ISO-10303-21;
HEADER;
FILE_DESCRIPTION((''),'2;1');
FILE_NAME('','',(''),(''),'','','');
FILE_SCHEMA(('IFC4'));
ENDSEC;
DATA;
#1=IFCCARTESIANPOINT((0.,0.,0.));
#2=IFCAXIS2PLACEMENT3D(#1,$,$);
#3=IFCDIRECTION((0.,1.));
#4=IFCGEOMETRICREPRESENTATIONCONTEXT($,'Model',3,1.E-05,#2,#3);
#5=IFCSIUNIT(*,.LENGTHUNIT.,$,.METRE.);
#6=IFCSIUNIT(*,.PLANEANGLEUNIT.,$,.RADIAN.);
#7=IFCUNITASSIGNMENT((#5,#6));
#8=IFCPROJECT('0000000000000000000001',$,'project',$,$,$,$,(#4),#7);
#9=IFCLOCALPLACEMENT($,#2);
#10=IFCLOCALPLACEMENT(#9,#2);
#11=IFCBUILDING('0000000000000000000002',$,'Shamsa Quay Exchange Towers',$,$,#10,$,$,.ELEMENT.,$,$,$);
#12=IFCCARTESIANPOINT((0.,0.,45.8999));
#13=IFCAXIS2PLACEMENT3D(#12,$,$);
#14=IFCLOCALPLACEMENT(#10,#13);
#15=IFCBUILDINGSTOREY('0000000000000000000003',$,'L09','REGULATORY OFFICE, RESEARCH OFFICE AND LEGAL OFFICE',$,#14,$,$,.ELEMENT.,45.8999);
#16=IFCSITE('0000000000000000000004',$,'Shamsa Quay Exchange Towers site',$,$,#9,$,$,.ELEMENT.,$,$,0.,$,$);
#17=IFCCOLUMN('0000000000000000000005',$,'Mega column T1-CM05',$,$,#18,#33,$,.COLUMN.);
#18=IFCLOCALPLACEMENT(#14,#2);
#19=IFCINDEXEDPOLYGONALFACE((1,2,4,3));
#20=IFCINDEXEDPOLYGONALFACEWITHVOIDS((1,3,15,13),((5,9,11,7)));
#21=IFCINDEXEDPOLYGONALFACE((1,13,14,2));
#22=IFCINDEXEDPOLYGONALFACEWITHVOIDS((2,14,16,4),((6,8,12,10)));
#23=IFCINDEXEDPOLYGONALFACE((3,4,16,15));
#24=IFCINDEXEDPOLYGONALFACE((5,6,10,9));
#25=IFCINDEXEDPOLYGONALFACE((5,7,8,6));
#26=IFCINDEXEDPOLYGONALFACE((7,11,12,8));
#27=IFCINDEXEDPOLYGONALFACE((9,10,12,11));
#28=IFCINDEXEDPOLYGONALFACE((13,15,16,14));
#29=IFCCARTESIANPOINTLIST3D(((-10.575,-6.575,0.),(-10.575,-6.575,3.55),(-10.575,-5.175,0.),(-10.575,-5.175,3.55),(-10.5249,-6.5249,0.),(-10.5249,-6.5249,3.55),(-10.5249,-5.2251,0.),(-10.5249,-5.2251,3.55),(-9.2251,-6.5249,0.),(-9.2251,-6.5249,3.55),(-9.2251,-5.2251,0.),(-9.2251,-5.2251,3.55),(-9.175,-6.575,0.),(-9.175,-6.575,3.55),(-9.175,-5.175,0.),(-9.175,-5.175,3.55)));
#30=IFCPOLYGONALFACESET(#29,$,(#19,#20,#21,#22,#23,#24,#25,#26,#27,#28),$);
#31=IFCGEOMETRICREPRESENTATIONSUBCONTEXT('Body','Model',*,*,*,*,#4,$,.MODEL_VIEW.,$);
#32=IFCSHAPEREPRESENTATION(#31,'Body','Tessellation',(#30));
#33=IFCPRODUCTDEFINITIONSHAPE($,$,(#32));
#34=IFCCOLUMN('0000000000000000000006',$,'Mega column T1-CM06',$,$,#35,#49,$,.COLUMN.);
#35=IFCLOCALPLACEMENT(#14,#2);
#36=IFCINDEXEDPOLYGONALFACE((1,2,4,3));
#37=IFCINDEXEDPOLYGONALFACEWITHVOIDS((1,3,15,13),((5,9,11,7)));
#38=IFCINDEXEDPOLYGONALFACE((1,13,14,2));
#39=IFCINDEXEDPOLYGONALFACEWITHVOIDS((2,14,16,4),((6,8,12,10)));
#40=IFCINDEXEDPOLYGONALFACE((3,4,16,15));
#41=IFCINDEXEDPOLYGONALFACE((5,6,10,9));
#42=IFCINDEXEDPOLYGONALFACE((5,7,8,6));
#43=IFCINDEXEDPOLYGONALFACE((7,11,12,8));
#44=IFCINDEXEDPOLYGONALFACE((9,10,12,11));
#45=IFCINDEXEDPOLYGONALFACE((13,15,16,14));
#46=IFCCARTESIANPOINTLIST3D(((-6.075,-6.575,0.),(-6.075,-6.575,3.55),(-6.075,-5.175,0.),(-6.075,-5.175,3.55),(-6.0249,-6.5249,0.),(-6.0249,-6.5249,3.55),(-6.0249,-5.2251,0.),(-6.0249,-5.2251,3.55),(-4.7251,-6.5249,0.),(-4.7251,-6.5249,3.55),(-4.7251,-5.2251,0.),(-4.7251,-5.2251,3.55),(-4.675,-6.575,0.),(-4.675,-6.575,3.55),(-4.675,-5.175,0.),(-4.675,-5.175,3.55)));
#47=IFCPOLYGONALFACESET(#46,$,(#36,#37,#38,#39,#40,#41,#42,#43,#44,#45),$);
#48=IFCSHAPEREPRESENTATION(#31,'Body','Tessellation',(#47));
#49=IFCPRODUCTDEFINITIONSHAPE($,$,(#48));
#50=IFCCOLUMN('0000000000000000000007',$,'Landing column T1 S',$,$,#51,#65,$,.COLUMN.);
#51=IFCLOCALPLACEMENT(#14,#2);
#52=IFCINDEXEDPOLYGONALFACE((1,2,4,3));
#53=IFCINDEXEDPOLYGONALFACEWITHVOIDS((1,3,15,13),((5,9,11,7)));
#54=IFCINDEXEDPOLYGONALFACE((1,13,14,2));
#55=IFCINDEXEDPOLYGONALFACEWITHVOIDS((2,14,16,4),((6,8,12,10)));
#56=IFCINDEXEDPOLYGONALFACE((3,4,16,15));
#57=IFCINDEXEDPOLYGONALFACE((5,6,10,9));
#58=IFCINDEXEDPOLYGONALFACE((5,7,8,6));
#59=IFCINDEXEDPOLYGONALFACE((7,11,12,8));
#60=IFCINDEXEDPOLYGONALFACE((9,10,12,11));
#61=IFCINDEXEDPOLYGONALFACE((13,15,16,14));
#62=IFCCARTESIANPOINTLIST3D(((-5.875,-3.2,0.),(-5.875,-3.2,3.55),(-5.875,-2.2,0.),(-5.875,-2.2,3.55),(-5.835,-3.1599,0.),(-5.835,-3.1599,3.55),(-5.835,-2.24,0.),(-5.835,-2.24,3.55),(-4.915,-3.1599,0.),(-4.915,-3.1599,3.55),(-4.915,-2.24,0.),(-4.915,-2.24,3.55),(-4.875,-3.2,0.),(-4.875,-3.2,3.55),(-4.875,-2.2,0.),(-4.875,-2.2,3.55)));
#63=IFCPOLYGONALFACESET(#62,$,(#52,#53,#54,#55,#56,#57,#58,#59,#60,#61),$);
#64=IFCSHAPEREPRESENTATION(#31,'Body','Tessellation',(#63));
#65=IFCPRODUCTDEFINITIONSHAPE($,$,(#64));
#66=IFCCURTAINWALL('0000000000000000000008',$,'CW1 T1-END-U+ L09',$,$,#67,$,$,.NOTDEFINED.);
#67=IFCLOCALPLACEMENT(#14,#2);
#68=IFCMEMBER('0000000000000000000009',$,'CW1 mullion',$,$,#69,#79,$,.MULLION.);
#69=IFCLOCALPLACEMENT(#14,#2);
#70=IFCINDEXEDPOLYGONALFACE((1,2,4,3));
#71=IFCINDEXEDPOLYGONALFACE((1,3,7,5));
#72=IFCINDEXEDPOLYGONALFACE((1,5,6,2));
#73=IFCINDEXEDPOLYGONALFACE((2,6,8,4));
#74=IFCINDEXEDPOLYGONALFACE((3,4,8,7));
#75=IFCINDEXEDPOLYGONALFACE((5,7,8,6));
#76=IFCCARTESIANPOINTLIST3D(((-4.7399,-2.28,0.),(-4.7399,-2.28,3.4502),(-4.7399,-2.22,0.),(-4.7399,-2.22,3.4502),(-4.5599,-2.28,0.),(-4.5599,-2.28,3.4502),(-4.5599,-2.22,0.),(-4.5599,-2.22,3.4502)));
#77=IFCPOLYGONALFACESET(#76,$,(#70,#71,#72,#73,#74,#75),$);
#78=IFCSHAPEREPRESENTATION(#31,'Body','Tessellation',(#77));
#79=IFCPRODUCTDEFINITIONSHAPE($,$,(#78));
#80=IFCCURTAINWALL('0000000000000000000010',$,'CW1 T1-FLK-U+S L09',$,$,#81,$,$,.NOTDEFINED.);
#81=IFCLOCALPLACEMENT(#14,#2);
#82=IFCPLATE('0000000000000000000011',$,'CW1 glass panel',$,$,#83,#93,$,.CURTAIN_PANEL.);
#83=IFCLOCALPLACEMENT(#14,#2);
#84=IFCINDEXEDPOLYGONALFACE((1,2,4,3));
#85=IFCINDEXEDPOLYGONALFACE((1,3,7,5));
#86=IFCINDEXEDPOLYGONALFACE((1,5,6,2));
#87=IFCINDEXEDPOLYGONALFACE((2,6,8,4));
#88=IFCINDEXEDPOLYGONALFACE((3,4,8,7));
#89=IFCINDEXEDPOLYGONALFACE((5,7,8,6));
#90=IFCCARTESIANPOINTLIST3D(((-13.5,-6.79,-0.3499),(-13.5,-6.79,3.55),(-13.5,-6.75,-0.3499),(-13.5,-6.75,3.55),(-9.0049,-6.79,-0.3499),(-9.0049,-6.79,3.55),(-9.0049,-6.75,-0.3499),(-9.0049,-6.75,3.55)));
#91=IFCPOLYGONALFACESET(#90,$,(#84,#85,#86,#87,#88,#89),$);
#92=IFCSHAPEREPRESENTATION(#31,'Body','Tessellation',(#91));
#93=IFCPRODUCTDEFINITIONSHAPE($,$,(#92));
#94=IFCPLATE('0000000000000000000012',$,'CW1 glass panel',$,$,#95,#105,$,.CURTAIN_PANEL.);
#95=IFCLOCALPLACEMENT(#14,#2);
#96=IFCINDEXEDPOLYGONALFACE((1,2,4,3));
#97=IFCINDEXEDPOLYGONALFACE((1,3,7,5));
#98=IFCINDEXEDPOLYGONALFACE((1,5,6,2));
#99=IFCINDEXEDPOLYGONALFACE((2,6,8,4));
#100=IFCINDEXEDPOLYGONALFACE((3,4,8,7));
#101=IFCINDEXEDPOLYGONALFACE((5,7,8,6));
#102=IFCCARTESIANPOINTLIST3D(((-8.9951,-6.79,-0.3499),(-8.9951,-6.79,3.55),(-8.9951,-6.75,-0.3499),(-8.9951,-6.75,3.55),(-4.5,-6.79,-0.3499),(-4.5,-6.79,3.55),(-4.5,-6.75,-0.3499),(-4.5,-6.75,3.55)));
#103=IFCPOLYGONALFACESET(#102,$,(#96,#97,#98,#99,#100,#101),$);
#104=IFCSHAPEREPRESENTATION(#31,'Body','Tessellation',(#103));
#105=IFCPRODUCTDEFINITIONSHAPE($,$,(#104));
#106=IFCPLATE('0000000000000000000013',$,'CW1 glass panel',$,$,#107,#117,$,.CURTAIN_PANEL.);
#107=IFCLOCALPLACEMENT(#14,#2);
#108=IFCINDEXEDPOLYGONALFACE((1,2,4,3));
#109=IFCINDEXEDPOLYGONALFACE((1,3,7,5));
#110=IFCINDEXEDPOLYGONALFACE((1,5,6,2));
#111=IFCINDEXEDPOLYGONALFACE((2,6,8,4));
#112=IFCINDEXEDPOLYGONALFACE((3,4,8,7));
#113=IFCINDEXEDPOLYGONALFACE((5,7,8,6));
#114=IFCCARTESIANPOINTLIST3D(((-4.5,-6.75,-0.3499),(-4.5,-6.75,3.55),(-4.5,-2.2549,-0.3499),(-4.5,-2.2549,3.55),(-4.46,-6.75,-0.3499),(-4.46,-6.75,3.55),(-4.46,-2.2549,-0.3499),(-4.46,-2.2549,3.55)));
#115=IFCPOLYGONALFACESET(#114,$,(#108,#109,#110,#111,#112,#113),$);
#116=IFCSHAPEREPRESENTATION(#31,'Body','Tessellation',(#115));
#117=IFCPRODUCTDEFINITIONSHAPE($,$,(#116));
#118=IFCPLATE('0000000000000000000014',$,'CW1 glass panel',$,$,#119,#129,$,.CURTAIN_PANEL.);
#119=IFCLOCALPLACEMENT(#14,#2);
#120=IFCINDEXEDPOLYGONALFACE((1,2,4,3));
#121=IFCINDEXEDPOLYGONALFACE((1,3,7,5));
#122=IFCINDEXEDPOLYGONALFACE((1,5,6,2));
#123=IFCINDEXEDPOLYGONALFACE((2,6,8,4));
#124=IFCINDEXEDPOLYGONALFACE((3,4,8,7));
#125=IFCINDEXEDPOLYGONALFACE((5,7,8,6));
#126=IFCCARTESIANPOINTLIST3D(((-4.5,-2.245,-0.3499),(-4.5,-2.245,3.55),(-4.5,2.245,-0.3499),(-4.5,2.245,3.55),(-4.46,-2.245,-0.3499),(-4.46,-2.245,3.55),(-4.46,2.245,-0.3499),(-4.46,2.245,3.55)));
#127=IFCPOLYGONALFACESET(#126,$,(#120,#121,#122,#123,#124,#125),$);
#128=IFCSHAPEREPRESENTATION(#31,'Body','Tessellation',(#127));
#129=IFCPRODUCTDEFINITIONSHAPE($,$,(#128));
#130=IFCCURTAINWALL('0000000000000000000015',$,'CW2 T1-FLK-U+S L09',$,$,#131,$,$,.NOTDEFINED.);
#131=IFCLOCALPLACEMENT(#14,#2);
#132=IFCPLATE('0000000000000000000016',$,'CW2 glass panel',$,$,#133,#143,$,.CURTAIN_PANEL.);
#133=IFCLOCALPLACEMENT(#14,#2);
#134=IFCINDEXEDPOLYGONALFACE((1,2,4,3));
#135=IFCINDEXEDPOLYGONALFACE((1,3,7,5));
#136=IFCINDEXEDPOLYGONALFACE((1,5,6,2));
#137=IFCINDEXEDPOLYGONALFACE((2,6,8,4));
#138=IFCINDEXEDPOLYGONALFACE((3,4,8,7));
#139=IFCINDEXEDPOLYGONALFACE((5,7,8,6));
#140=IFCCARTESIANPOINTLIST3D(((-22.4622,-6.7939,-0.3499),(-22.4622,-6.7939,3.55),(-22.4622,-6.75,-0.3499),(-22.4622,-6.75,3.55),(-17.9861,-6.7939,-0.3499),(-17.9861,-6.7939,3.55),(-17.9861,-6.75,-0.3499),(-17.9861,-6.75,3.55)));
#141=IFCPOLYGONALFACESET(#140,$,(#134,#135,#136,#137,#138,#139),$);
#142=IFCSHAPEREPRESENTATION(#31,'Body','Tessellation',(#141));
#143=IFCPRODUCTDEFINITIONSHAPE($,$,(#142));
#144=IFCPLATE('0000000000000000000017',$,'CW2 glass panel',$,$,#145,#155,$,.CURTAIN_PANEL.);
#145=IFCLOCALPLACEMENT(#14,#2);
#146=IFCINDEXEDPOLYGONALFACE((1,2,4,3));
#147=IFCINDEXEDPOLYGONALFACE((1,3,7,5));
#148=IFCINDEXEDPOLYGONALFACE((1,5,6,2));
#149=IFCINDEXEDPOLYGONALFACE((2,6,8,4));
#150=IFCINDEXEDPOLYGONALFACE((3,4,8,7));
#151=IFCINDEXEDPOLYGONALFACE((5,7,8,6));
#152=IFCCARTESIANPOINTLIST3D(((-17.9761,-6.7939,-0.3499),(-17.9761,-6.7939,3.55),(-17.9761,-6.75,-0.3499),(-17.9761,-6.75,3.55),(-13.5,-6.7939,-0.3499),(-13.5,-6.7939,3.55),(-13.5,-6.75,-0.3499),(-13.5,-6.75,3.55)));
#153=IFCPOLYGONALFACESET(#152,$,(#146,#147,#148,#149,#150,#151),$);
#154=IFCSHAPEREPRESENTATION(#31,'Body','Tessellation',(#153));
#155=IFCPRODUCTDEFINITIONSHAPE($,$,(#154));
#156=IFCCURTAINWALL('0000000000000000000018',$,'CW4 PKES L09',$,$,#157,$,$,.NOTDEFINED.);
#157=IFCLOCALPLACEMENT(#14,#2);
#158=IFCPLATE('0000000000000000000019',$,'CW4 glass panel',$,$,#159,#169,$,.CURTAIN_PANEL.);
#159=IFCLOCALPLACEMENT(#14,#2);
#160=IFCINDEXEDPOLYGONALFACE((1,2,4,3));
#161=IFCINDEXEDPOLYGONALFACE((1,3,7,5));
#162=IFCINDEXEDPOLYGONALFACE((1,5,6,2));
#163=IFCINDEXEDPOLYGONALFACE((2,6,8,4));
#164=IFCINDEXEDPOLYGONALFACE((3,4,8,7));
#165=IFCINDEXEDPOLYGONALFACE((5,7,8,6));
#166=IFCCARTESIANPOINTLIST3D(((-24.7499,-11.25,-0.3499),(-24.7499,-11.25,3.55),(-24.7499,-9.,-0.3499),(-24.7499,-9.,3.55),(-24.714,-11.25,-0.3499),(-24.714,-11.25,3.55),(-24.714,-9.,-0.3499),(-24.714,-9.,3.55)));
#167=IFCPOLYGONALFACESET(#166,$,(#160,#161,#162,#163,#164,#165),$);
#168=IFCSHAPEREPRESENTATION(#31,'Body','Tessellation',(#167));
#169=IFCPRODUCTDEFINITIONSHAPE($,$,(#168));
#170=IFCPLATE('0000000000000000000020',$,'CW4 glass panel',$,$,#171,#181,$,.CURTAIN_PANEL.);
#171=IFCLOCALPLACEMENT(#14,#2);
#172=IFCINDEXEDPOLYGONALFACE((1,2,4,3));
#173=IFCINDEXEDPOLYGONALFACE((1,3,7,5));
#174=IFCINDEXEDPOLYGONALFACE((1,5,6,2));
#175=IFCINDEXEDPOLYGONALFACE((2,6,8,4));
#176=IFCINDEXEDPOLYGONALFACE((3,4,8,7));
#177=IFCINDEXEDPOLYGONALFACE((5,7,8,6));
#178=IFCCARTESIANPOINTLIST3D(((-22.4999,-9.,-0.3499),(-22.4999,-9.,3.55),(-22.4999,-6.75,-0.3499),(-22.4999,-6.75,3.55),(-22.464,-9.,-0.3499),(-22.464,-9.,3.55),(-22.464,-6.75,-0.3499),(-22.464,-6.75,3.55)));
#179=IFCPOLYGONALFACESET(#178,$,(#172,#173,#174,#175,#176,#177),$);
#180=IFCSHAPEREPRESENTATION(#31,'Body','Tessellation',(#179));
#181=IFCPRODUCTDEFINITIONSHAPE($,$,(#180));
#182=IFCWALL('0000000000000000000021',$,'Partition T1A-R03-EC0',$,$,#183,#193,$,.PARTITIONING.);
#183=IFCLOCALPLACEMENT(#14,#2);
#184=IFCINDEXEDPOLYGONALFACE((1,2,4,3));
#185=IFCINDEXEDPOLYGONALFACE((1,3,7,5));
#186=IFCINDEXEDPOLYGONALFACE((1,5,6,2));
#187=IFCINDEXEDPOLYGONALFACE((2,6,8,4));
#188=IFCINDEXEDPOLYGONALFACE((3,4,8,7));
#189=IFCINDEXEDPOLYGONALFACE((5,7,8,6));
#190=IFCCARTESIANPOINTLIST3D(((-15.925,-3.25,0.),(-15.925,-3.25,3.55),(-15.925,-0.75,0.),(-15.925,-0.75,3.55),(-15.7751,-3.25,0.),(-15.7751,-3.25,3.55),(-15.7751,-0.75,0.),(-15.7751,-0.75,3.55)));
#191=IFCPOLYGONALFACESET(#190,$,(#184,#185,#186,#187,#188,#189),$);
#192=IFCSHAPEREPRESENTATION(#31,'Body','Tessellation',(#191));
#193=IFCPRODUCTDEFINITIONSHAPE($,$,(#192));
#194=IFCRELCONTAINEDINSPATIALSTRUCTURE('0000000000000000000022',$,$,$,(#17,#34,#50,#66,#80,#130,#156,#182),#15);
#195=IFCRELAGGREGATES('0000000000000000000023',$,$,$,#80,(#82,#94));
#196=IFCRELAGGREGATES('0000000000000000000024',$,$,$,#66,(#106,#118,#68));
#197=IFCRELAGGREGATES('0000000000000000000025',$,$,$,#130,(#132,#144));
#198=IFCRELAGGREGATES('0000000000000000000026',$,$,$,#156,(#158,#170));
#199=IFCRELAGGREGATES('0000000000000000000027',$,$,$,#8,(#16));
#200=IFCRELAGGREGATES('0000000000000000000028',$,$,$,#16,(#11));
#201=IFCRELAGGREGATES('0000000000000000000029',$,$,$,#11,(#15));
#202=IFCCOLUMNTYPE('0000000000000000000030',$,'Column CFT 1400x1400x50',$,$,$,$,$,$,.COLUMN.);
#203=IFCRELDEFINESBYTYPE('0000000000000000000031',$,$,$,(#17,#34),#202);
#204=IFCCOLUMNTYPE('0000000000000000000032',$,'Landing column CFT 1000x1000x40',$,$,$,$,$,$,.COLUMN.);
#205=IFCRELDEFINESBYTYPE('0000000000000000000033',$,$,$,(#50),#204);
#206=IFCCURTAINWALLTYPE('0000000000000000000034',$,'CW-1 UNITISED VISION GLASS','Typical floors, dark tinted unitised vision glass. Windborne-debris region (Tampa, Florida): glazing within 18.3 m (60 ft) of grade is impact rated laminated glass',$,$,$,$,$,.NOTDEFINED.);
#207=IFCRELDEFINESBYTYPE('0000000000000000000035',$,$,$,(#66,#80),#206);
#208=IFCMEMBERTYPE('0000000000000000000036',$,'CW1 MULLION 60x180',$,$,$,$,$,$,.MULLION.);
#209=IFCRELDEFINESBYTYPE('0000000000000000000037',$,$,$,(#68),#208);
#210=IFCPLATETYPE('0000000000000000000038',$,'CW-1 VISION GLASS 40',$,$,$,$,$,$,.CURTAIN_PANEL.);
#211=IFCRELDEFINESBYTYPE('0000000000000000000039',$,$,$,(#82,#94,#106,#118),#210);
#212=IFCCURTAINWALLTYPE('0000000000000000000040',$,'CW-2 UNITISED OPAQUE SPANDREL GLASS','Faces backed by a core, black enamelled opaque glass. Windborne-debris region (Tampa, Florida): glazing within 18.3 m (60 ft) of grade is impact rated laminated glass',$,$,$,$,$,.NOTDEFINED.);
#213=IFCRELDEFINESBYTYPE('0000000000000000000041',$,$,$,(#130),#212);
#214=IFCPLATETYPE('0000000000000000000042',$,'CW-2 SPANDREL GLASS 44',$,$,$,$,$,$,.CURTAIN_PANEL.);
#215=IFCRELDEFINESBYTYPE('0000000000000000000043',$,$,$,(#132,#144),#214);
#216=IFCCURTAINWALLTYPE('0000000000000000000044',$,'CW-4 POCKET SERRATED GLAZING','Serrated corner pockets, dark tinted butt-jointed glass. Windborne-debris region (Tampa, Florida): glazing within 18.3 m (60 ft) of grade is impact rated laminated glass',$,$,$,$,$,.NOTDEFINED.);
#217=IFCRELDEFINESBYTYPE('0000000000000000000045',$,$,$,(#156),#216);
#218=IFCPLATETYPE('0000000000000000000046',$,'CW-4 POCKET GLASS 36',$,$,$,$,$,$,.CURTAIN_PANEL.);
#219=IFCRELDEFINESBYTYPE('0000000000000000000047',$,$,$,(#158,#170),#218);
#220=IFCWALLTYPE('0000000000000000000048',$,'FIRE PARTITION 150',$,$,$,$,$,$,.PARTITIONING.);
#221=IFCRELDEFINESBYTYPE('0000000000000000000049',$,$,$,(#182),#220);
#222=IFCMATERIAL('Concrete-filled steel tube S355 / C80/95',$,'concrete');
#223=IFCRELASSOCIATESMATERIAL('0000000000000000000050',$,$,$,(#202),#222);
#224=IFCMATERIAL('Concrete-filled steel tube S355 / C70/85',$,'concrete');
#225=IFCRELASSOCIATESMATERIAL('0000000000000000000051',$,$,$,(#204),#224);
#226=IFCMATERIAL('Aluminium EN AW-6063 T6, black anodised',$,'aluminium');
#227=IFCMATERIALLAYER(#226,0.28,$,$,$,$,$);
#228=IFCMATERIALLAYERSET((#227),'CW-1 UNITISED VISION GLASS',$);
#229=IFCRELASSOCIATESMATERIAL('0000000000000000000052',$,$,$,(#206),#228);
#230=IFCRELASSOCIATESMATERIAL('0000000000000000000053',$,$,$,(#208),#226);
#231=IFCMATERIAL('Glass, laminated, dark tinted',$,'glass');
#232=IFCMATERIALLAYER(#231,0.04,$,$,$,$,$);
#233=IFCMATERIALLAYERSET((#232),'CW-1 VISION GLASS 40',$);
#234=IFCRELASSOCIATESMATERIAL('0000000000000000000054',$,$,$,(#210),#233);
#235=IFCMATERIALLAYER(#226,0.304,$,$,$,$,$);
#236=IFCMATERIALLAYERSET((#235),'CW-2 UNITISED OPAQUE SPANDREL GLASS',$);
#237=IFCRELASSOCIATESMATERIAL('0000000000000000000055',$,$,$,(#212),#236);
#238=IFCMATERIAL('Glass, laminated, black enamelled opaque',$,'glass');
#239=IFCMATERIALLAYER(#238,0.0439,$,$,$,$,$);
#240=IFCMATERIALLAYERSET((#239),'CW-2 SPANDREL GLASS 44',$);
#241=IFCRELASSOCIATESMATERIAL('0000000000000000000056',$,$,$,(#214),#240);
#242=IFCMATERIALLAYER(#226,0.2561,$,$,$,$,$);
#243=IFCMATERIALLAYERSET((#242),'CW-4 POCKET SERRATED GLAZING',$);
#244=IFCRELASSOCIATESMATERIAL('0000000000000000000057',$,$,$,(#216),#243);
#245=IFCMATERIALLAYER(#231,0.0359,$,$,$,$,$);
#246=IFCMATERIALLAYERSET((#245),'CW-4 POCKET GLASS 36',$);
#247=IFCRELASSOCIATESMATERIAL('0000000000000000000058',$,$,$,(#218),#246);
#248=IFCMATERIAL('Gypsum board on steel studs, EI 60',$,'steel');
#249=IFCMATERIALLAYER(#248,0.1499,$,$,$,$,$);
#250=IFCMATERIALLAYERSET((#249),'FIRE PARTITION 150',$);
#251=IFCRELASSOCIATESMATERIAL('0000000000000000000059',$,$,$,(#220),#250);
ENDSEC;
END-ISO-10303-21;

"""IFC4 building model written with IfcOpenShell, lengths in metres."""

from ifc_helpers import new_model, si_unit, direction, frame, frame_2d, origin, origin_2d, place, context, subcontext, project, spatial, rectangle, hollow_rectangle, extrude, material, layer, layer_set, material_profile, profile_set, type_object, element, aggregate, save


model = new_model("IFC4")

# Units and contexts
model_context = context("Model", 3, precision=1e-05, world=origin(), true_north=direction((0.0, 1.0)))
body_context = subcontext(model_context, "Body", "Model", "MODEL_VIEW")
ifc_project = project(units=[si_unit("LENGTHUNIT", "METRE"), si_unit("PLANEANGLEUNIT", "RADIAN")], contexts=[model_context])

# Site, building, storey
site_placement = place(None, origin())
site = spatial("IfcSite", under=ifc_project, at=site_placement, Name="Shamsa Quay Exchange Towers site", CompositionType="ELEMENT", RefElevation=0.0)
building_placement = place(site_placement, origin())
building = spatial("IfcBuilding", under=site, at=building_placement, Name="Shamsa Quay Exchange Towers", CompositionType="ELEMENT")
storey_placement = place(building_placement, frame((0.0, 0.0, 45.8999)))
storey = spatial("IfcBuildingStorey", under=building, at=storey_placement, Name="L09", Description="REGULATORY OFFICE, RESEARCH OFFICE AND LEGAL OFFICE", CompositionType="ELEMENT", Elevation=45.8999)

# Columns
ifc_material_1 = material(Name="Concrete-filled steel tube S355 / C80/95", Category="concrete")
ifc_material_profile_1 = material_profile(ifc_material_1, hollow_rectangle(XDim=1.3999, YDim=1.3999, WallThickness=0.05, at=origin_2d()), Name="CFT 1400x1400x50")
ifc_profile_set_1 = profile_set([ifc_material_profile_1], Name="Concrete-filled steel tube S355 / C80/95")
column_type_1 = type_object("IfcColumnType", Name="Column CFT 1400x1400x50", PredefinedType="COLUMN", material=ifc_profile_set_1)
for number, where, name in (
    (1, (-9.875, -5.875, 0.0), "Mega column T1-CM05"),
    (2, (-5.375, -5.875, 0.0), "Mega column T1-CM06"),
):
    element("IfcColumn", number, at=place(storey_placement, frame(where)), inside=storey, type_object=column_type_1, Name=name, PredefinedType="COLUMN", context=body_context, shape_type="SweptSolid", body=[
        extrude(hollow_rectangle(XDim=1.3999, YDim=1.3999, WallThickness=0.05, at=origin_2d()), origin(), (0.0, 0.0, 1.0), 3.55),
    ])
ifc_material_2 = material(Name="Concrete-filled steel tube S355 / C70/85", Category="concrete")
ifc_material_profile_2 = material_profile(ifc_material_2, hollow_rectangle(XDim=1.0, YDim=1.0, WallThickness=0.04, at=origin_2d()), Name="CFT 1000x1000x40")
ifc_profile_set_2 = profile_set([ifc_material_profile_2], Name="Concrete-filled steel tube S355 / C70/85")
column_type_2 = type_object("IfcColumnType", Name="Landing column CFT 1000x1000x40", PredefinedType="COLUMN", material=ifc_profile_set_2)
column_placement = place(storey_placement, frame((-5.375, -2.7, 0.0)))
element("IfcColumn", 3, at=column_placement, inside=storey, type_object=column_type_2, Name="Landing column T1 S", PredefinedType="COLUMN", context=body_context, shape_type="SweptSolid", body=[
    extrude(hollow_rectangle(XDim=1.0, YDim=1.0, WallThickness=0.04, at=origin_2d()), origin(), (0.0, 0.0, 1.0), 3.55),
])

# Curtain wall, member
ifc_material_3 = material(Name="Aluminium EN AW-6063 T6, black anodised", Category="aluminium")
ifc_layer_1 = layer(ifc_material_3, 0.28)
ifc_layer_set_1 = layer_set([ifc_layer_1], Name="CW-1 UNITISED VISION GLASS")
curtain_wall_type_1 = type_object("IfcCurtainWallType", Name="CW-1 UNITISED VISION GLASS", Description="Typical floors, dark tinted unitised vision glass. Windborne-debris region (Tampa, Florida): glazing within 18.3 m (60 ft) of grade is impact rated laminated glass", PredefinedType="NOTDEFINED", material=ifc_layer_set_1)
curtain_wall_1_placement = place(storey_placement, origin())
curtain_wall_1 = element("IfcCurtainWall", 4, at=curtain_wall_1_placement, inside=storey, type_object=curtain_wall_type_1, Name="CW1 T1-END-U+ L09", PredefinedType="NOTDEFINED")
ifc_material_profile_3 = material_profile(ifc_material_3, rectangle(XDim=0.1799, YDim=0.0601, at=origin_2d()), Name="MU60x180")
ifc_profile_set_3 = profile_set([ifc_material_profile_3], Name="Aluminium EN AW-6063 T6, black anodised")
member_type = type_object("IfcMemberType", Name="CW1 MULLION 60x180", PredefinedType="MULLION", material=ifc_profile_set_3)
member_placement = place(storey_placement, frame((-4.6499, -2.25, 0.0), z_axis=(0.0, 0.0, 1.0), x_axis=(-1.0, 0.0, 0.0)))
member = element("IfcMember", 5, at=member_placement, type_object=member_type, Name="CW1 mullion", PredefinedType="MULLION", context=body_context, shape_type="SweptSolid", body=[
    extrude(rectangle(XDim=0.1799, YDim=0.0601, at=origin_2d()), origin(), (0.0, 0.0, 1.0), 3.4502),
])

# Curtain wall, plates
curtain_wall_2_placement = place(storey_placement, origin())
curtain_wall_2 = element("IfcCurtainWall", 6, at=curtain_wall_2_placement, inside=storey, type_object=curtain_wall_type_1, Name="CW1 T1-FLK-U+S L09", PredefinedType="NOTDEFINED")
ifc_material_4 = material(Name="Glass, laminated, dark tinted", Category="glass")
ifc_layer_2 = layer(ifc_material_4, 0.04)
ifc_layer_set_2 = layer_set([ifc_layer_2], Name="CW-1 VISION GLASS 40")
plate_type_1 = type_object("IfcPlateType", Name="CW-1 VISION GLASS 40", PredefinedType="CURTAIN_PANEL", material=ifc_layer_set_2)
plate_1_placement = place(storey_placement, frame((-11.2524, -6.77, -0.3499)))
plate_1 = element("IfcPlate", 7, at=plate_1_placement, type_object=plate_type_1, Name="CW1 glass panel", PredefinedType="CURTAIN_PANEL", context=body_context, shape_type="SweptSolid", body=[
    extrude(rectangle(XDim=4.4951, YDim=0.04, at=origin_2d()), origin(), (0.0, 0.0, 1.0), 3.8999),
])
plate_2_placement = place(storey_placement, frame((-6.7476, -6.77, -0.3499)))
plate_2 = element("IfcPlate", 8, at=plate_2_placement, type_object=plate_type_1, Name="CW1 glass panel", PredefinedType="CURTAIN_PANEL", context=body_context, shape_type="SweptSolid", body=[
    extrude(rectangle(XDim=4.4951, YDim=0.04, at=origin_2d()), origin(), (0.0, 0.0, 1.0), 3.8999),
])
aggregate(curtain_wall_2, [plate_1, plate_2])

# Plates
plate_3_placement = place(storey_placement, frame((-4.48, -4.5024, -0.3499), z_axis=(0.0, 0.0, 1.0), x_axis=(0.0, 1.0, 0.0)))
plate_3 = element("IfcPlate", 9, at=plate_3_placement, type_object=plate_type_1, Name="CW1 glass panel", PredefinedType="CURTAIN_PANEL", context=body_context, shape_type="SweptSolid", body=[
    extrude(rectangle(XDim=4.4951, YDim=0.04, at=origin_2d()), origin(), (0.0, 0.0, 1.0), 3.8999),
])
plate_4_placement = place(storey_placement, frame((-4.48, 0.0, -0.3499), z_axis=(0.0, 0.0, 1.0), x_axis=(0.0, 1.0, 0.0)))
plate_4 = element("IfcPlate", 10, at=plate_4_placement, type_object=plate_type_1, Name="CW1 glass panel", PredefinedType="CURTAIN_PANEL", context=body_context, shape_type="SweptSolid", body=[
    extrude(rectangle(XDim=4.49, YDim=0.04, at=origin_2d()), origin(), (0.0, 0.0, 1.0), 3.8999),
])
aggregate(curtain_wall_1, [plate_3, plate_4, member])

# Curtain walls, plates
ifc_layer_3 = layer(ifc_material_3, 0.304)
ifc_layer_set_3 = layer_set([ifc_layer_3], Name="CW-2 UNITISED OPAQUE SPANDREL GLASS")
curtain_wall_type_2 = type_object("IfcCurtainWallType", Name="CW-2 UNITISED OPAQUE SPANDREL GLASS", Description="Faces backed by a core, black enamelled opaque glass. Windborne-debris region (Tampa, Florida): glazing within 18.3 m (60 ft) of grade is impact rated laminated glass", PredefinedType="NOTDEFINED", material=ifc_layer_set_3)
curtain_wall_3_placement = place(storey_placement, origin())
curtain_wall_3 = element("IfcCurtainWall", 11, at=curtain_wall_3_placement, inside=storey, type_object=curtain_wall_type_2, Name="CW2 T1-FLK-U+S L09", PredefinedType="NOTDEFINED")
ifc_material_5 = material(Name="Glass, laminated, black enamelled opaque", Category="glass")
ifc_layer_4 = layer(ifc_material_5, 0.0439)
ifc_layer_set_4 = layer_set([ifc_layer_4], Name="CW-2 SPANDREL GLASS 44")
plate_type_2 = type_object("IfcPlateType", Name="CW-2 SPANDREL GLASS 44", PredefinedType="CURTAIN_PANEL", material=ifc_layer_set_4)
plate_5_placement = place(storey_placement, frame((-20.2241, -6.772, -0.3499)))
plate_5 = element("IfcPlate", 12, at=plate_5_placement, type_object=plate_type_2, Name="CW2 glass panel", PredefinedType="CURTAIN_PANEL", context=body_context, shape_type="SweptSolid", body=[
    extrude(rectangle(XDim=4.4761, YDim=0.0439, at=origin_2d()), origin(), (0.0, 0.0, 1.0), 3.8999),
])
plate_6_placement = place(storey_placement, frame((-15.738, -6.772, -0.3499)))
plate_6 = element("IfcPlate", 13, at=plate_6_placement, type_object=plate_type_2, Name="CW2 glass panel", PredefinedType="CURTAIN_PANEL", context=body_context, shape_type="SweptSolid", body=[
    extrude(rectangle(XDim=4.4761, YDim=0.0439, at=origin_2d()), origin(), (0.0, 0.0, 1.0), 3.8999),
])
aggregate(curtain_wall_3, [plate_5, plate_6])
ifc_layer_5 = layer(ifc_material_3, 0.2561)
ifc_layer_set_5 = layer_set([ifc_layer_5], Name="CW-4 POCKET SERRATED GLAZING")
curtain_wall_type_3 = type_object("IfcCurtainWallType", Name="CW-4 POCKET SERRATED GLAZING", Description="Serrated corner pockets, dark tinted butt-jointed glass. Windborne-debris region (Tampa, Florida): glazing within 18.3 m (60 ft) of grade is impact rated laminated glass", PredefinedType="NOTDEFINED", material=ifc_layer_set_5)
curtain_wall_4_placement = place(storey_placement, origin())
curtain_wall_4 = element("IfcCurtainWall", 14, at=curtain_wall_4_placement, inside=storey, type_object=curtain_wall_type_3, Name="CW4 PKES L09", PredefinedType="NOTDEFINED")
ifc_layer_6 = layer(ifc_material_4, 0.0359)
ifc_layer_set_6 = layer_set([ifc_layer_6], Name="CW-4 POCKET GLASS 36")
plate_type_3 = type_object("IfcPlateType", Name="CW-4 POCKET GLASS 36", PredefinedType="CURTAIN_PANEL", material=ifc_layer_set_6)
plate_7_placement = place(storey_placement, frame((-24.7319, -10.125, -0.3499), z_axis=(0.0, 0.0, 1.0), x_axis=(0.0, 1.0, 0.0)))
plate_7 = element("IfcPlate", 15, at=plate_7_placement, type_object=plate_type_3, Name="CW4 glass panel", PredefinedType="CURTAIN_PANEL", context=body_context, shape_type="SweptSolid", body=[
    extrude(rectangle(XDim=2.25, YDim=0.0359, at=origin_2d()), origin(), (0.0, 0.0, 1.0), 3.8999),
])
plate_8_placement = place(storey_placement, frame((-22.4819, -7.875, -0.3499), z_axis=(0.0, 0.0, 1.0), x_axis=(0.0, 1.0, 0.0)))
plate_8 = element("IfcPlate", 16, at=plate_8_placement, type_object=plate_type_3, Name="CW4 glass panel", PredefinedType="CURTAIN_PANEL", context=body_context, shape_type="SweptSolid", body=[
    extrude(rectangle(XDim=2.25, YDim=0.0359, at=origin_2d()), origin(), (0.0, 0.0, 1.0), 3.8999),
])
aggregate(curtain_wall_4, [plate_7, plate_8])

# Wall
ifc_material_6 = material(Name="Gypsum board on steel studs, EI 60", Category="steel")
ifc_layer_7 = layer(ifc_material_6, 0.1499)
ifc_layer_set_7 = layer_set([ifc_layer_7], Name="FIRE PARTITION 150")
wall_type_1 = type_object("IfcWallType", Name="FIRE PARTITION 150", PredefinedType="PARTITIONING", material=ifc_layer_set_7)
wall_1_placement = place(storey_placement, frame((-15.8501, -3.25, 0.0), z_axis=(0.0, 0.0, 1.0), x_axis=(0.0, 1.0, 0.0)))
element("IfcWall", 17, at=wall_1_placement, inside=storey, type_object=wall_type_1, Name="Partition T1A-R03-EC0", PredefinedType="PARTITIONING", context=body_context, shape_type="SweptSolid", body=[
    extrude(rectangle(XDim=2.5, YDim=0.1499, at=frame_2d((1.25, 0.0))), origin(), (0.0, 0.0, 1.0), 3.55),
])

save(model, "model.ifc")
